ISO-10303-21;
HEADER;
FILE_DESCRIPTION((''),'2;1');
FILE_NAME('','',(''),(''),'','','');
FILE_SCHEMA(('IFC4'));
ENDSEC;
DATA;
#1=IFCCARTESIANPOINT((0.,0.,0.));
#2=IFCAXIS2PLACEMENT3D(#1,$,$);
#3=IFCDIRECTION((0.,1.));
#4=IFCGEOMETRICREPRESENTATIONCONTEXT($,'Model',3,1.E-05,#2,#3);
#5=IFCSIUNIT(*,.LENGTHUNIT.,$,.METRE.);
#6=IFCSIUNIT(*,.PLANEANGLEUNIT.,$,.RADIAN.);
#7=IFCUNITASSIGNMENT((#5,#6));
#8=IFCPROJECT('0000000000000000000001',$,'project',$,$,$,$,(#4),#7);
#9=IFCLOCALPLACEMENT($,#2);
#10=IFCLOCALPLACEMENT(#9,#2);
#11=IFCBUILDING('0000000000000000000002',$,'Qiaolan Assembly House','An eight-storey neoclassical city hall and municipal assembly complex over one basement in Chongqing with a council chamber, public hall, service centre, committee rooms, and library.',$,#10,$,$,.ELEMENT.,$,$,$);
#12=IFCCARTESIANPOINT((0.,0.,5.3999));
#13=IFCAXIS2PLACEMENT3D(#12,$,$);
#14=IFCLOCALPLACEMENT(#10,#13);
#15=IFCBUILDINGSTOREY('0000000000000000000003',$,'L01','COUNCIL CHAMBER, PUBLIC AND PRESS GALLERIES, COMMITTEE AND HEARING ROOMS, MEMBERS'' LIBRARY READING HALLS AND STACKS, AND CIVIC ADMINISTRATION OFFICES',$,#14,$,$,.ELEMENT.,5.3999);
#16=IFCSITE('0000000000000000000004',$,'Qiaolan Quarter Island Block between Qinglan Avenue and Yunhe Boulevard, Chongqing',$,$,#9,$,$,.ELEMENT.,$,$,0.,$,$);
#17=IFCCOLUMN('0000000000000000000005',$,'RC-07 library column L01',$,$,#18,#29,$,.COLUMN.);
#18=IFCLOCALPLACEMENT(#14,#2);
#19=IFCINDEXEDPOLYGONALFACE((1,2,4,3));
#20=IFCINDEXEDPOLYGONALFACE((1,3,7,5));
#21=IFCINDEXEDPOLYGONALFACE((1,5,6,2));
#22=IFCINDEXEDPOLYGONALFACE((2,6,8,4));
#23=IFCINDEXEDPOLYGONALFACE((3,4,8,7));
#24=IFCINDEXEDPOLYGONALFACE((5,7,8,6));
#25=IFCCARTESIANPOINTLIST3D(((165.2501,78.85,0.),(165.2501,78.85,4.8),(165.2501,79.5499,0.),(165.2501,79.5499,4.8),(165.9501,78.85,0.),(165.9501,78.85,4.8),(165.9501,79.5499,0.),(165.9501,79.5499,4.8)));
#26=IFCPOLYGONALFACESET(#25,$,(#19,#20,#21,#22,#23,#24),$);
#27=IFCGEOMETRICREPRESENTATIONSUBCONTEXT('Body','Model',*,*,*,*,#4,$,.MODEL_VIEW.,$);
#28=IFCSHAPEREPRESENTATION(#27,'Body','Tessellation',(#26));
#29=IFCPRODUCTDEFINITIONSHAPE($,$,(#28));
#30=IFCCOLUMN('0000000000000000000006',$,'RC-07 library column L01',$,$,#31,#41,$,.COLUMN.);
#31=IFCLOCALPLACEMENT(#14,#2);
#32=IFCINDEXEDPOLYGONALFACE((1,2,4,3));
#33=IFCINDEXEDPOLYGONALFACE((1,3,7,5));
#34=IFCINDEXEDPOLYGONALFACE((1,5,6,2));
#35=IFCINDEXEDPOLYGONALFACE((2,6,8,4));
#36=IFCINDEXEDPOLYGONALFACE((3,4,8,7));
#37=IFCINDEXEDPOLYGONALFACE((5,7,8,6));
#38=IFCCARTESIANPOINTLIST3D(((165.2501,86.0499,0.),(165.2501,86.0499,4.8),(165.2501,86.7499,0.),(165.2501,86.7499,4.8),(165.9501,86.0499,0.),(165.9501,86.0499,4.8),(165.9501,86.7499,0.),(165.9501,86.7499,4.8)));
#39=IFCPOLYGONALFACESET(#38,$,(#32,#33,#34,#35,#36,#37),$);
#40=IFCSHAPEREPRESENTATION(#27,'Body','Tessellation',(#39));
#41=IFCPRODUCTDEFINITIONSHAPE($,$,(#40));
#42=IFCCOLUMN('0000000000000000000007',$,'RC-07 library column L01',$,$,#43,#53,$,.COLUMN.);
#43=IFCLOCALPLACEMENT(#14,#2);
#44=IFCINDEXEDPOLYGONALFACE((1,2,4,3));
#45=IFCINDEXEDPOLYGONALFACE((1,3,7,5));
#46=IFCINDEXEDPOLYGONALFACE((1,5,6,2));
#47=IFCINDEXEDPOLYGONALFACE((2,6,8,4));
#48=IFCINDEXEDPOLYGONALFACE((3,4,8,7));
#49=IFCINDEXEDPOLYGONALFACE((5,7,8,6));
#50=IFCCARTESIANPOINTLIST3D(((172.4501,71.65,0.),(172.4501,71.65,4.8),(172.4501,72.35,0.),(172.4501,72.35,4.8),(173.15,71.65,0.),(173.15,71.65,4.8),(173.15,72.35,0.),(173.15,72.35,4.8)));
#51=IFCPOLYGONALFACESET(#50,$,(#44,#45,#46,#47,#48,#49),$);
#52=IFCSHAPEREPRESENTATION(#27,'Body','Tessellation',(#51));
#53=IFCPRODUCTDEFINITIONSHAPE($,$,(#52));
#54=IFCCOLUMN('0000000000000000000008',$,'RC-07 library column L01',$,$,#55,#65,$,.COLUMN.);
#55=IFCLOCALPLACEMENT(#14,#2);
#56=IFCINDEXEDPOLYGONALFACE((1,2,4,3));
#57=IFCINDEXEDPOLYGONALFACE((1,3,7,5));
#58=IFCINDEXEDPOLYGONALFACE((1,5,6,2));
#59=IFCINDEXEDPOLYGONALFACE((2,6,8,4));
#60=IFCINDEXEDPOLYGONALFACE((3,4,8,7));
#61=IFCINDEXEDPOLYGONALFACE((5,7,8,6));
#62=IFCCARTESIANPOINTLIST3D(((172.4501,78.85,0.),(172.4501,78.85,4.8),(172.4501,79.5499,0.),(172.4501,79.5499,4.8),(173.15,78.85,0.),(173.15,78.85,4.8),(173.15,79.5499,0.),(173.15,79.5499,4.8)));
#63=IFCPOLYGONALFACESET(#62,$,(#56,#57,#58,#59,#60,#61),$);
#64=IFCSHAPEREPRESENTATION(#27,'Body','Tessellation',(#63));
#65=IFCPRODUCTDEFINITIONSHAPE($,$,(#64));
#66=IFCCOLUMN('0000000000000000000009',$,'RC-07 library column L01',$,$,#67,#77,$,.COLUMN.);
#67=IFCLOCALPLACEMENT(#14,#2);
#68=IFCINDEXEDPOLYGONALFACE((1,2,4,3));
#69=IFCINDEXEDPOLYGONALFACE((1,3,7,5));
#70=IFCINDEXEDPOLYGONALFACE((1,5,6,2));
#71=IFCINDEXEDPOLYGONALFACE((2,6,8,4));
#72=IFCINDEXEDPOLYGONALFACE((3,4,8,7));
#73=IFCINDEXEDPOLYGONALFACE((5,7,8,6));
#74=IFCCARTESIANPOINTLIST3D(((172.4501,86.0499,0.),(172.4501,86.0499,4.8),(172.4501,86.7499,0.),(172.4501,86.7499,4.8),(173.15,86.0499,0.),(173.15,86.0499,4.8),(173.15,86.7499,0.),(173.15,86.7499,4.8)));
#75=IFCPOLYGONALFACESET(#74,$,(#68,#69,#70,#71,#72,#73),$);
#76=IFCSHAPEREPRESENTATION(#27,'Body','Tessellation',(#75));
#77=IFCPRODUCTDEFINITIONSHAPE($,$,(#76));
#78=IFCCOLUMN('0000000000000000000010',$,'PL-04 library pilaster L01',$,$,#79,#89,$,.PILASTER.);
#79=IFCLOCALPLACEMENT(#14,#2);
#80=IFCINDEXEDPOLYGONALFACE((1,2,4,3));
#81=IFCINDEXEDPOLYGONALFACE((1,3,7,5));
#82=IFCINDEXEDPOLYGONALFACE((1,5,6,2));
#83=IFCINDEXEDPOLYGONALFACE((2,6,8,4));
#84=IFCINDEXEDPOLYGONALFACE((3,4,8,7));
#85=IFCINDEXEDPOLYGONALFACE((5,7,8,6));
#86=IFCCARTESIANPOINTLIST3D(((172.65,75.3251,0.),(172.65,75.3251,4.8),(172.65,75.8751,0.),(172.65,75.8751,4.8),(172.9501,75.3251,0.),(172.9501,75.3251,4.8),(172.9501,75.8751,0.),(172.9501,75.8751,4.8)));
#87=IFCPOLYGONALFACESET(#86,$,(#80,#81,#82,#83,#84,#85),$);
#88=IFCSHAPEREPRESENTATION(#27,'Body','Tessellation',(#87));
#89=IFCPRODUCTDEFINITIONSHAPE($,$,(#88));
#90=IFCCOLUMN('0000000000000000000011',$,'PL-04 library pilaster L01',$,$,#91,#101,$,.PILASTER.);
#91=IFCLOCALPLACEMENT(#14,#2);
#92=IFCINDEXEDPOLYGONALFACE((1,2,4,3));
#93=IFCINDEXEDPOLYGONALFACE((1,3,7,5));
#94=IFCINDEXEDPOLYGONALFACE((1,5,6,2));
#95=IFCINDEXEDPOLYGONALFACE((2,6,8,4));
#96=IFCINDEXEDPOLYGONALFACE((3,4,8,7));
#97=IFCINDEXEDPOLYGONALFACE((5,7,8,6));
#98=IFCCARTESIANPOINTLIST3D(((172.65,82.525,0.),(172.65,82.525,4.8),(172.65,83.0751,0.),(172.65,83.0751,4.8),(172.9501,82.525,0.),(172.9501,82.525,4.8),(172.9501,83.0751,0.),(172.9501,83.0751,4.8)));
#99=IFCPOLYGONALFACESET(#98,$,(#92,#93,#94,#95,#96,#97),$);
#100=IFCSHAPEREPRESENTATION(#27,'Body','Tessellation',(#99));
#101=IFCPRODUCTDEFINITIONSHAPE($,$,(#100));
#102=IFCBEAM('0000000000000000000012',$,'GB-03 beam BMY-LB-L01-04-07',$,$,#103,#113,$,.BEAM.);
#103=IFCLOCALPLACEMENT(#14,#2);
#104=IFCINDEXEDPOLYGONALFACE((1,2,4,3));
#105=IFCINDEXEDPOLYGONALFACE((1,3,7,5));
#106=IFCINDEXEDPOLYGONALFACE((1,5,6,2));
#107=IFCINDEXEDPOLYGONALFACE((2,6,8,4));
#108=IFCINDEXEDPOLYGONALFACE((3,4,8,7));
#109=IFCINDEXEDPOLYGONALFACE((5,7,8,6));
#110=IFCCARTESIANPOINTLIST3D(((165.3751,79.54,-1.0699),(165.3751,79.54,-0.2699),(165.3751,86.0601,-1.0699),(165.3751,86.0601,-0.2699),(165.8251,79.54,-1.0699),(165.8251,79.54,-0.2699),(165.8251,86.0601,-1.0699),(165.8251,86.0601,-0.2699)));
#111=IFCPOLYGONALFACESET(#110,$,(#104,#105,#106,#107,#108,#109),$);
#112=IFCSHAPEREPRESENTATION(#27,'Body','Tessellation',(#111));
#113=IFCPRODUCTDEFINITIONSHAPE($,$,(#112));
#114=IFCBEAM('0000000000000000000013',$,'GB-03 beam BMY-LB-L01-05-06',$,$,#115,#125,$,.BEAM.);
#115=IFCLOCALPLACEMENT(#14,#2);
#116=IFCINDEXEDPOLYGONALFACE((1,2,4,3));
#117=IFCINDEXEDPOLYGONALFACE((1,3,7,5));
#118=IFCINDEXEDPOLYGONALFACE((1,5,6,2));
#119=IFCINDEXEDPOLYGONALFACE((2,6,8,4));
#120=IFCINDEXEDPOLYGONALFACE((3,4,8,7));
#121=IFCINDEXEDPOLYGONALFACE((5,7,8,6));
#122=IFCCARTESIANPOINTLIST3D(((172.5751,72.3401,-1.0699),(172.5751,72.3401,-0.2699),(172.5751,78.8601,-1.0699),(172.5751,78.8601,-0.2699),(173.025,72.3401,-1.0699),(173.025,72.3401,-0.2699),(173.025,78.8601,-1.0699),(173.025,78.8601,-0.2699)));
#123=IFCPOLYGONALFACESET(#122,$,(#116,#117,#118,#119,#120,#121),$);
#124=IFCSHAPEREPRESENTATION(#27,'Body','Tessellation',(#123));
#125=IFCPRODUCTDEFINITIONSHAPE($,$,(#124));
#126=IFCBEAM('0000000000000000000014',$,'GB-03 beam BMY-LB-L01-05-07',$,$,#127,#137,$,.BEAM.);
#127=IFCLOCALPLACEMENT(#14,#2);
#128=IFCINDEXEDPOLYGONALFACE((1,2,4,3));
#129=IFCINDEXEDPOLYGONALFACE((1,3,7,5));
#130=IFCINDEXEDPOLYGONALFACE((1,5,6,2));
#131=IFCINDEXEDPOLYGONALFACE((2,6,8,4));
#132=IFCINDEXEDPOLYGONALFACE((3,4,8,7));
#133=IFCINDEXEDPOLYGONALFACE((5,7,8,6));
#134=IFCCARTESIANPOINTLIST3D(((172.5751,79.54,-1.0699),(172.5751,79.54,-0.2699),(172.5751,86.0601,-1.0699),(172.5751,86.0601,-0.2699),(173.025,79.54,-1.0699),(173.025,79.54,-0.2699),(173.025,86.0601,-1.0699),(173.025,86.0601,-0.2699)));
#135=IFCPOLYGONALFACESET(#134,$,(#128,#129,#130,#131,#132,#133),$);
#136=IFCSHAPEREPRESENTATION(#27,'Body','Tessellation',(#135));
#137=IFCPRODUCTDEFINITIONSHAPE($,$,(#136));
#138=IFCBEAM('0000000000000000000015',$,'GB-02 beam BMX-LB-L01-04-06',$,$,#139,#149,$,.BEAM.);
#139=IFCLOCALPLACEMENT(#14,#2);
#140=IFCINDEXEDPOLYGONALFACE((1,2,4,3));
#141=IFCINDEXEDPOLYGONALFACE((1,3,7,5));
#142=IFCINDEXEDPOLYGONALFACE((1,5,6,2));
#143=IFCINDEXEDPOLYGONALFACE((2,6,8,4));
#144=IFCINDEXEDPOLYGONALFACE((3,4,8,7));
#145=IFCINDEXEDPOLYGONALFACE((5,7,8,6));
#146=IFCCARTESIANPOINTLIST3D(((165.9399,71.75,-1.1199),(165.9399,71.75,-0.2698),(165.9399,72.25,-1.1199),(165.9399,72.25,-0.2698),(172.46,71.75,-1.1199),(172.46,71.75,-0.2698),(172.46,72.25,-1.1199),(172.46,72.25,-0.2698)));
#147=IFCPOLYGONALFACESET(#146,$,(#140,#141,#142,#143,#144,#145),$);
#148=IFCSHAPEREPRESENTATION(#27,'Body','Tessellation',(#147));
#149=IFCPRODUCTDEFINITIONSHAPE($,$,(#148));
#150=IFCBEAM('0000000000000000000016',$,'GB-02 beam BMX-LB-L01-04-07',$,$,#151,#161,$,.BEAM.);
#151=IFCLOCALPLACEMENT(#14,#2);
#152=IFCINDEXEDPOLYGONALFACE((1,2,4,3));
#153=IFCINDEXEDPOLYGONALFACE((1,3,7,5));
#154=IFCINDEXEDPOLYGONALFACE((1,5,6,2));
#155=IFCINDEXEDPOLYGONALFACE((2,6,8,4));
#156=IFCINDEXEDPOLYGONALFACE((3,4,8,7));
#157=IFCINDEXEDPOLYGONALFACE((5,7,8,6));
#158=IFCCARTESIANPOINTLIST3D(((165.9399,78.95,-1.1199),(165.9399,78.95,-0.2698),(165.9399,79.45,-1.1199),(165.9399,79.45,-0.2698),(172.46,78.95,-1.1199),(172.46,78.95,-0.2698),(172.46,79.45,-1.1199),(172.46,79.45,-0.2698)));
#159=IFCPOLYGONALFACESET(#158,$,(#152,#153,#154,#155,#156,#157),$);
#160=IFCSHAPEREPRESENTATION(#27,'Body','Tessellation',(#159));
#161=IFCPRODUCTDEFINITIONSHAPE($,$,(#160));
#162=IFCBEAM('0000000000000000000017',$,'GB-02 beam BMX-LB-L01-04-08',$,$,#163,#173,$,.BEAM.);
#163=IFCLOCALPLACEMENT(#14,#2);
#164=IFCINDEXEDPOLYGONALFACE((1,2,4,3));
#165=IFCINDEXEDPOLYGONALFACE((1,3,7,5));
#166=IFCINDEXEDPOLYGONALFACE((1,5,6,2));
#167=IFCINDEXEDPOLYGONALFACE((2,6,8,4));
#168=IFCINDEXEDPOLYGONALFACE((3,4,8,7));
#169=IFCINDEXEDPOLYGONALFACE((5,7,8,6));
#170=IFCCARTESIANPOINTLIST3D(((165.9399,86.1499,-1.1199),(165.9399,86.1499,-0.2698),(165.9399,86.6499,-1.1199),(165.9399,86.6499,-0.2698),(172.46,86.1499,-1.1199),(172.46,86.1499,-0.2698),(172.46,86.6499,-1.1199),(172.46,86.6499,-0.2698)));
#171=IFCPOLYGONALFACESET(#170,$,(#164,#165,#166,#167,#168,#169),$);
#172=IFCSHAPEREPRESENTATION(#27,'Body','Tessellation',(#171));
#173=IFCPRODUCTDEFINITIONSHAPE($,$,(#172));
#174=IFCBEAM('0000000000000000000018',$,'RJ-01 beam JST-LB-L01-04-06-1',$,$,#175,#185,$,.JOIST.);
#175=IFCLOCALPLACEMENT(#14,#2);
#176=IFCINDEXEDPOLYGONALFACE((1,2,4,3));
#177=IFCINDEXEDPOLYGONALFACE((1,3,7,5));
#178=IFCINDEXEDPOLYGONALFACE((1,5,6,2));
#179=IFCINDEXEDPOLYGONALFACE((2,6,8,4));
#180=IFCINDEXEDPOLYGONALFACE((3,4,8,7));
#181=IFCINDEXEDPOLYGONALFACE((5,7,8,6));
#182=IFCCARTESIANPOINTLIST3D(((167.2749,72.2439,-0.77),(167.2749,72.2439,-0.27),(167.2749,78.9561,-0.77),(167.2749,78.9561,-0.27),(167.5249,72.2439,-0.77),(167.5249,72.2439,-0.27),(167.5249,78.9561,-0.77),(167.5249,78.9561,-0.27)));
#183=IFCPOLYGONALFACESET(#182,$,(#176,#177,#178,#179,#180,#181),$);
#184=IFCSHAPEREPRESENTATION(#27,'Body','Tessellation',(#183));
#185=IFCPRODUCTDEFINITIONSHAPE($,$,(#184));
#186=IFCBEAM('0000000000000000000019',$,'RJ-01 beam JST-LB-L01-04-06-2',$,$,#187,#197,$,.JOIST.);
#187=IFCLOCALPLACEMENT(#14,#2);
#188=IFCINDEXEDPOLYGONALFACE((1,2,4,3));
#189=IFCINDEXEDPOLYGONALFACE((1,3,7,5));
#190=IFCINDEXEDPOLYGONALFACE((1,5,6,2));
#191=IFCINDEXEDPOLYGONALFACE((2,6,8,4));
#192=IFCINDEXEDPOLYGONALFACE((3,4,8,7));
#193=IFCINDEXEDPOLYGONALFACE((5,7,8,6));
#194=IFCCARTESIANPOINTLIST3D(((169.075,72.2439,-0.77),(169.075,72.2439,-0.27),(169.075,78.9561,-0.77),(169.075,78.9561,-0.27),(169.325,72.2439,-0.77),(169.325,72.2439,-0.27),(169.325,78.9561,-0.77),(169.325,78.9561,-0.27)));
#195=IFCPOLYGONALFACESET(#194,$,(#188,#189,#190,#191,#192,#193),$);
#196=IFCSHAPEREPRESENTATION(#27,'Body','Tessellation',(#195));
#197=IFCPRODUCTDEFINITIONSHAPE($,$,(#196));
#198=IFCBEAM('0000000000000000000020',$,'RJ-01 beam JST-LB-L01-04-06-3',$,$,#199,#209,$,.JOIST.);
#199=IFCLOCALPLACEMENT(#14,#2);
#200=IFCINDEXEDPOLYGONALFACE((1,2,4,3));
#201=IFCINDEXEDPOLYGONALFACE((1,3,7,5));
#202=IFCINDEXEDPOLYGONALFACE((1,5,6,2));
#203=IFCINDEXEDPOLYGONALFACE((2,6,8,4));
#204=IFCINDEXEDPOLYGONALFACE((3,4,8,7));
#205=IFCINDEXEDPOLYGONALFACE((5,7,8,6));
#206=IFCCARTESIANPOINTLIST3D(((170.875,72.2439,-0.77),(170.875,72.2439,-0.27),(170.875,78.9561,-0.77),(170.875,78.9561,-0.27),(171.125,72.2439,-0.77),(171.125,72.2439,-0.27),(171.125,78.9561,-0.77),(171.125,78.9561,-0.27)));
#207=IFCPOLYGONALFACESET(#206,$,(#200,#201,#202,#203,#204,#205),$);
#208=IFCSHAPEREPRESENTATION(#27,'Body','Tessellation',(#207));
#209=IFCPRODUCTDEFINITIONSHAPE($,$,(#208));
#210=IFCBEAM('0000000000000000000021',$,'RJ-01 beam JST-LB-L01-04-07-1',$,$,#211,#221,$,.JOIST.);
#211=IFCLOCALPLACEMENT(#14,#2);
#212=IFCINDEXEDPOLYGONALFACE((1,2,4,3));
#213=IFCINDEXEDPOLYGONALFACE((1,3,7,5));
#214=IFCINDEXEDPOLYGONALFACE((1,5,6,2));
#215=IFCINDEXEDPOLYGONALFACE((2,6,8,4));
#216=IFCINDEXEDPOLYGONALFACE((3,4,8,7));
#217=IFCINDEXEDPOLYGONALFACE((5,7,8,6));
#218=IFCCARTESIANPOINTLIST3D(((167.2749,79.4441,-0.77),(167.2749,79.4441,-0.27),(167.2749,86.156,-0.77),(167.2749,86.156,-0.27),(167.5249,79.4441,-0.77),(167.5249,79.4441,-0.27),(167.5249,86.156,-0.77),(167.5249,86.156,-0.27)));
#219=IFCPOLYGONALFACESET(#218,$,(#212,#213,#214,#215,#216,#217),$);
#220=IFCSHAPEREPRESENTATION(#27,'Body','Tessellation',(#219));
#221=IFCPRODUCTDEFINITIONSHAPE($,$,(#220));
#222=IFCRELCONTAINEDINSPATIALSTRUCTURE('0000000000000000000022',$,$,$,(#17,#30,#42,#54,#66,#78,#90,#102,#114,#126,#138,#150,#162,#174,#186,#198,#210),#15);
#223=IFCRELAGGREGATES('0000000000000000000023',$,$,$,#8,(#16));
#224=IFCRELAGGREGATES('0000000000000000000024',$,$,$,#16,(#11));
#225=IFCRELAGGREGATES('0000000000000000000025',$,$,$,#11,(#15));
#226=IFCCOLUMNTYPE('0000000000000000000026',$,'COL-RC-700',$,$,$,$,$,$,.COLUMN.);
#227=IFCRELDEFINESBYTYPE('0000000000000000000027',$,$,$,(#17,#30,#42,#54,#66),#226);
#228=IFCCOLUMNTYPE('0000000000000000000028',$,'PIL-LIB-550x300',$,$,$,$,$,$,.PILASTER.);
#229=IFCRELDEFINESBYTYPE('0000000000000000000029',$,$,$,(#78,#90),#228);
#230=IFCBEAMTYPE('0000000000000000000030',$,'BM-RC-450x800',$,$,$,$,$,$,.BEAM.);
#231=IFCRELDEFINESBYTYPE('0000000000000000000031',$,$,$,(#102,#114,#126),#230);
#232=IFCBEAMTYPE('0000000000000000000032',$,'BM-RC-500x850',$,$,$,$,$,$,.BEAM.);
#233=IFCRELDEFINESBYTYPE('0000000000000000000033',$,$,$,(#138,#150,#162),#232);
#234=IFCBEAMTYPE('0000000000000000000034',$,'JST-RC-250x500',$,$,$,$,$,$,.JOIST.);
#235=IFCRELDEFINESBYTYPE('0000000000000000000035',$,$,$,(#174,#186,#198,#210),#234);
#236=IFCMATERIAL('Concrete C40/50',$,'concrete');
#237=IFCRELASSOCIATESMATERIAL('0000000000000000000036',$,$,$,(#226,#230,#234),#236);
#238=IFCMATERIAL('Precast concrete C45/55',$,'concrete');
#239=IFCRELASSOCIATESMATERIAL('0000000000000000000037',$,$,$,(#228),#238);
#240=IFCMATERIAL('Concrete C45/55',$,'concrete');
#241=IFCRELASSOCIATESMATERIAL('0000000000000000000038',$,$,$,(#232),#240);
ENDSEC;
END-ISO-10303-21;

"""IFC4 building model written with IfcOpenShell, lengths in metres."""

from ifc_helpers import new_model, si_unit, direction, frame, origin, origin_2d, place, context, subcontext, project, spatial, rectangle, extrude, material, material_profile, profile_set, type_object, element, save


model = new_model("IFC4")

# Units and contexts
model_context = context("Model", 3, precision=1e-05, world=origin(), true_north=direction((0.0, 1.0)))
body_context = subcontext(model_context, "Body", "Model", "MODEL_VIEW")
ifc_project = project(units=[si_unit("LENGTHUNIT", "METRE"), si_unit("PLANEANGLEUNIT", "RADIAN")], contexts=[model_context])

# Site, building, storey
site_placement = place(None, origin())
site = spatial("IfcSite", under=ifc_project, at=site_placement, Name="Qiaolan Quarter Island Block between Qinglan Avenue and Yunhe Boulevard, Chongqing", CompositionType="ELEMENT", RefElevation=0.0)
building_placement = place(site_placement, origin())
building = spatial("IfcBuilding", under=site, at=building_placement, Name="Qiaolan Assembly House", Description="An eight-storey neoclassical city hall and municipal assembly complex over one basement in Chongqing with a council chamber, public hall, service centre, committee rooms, and library.", CompositionType="ELEMENT")
storey_placement = place(building_placement, frame((0.0, 0.0, 5.3999)))
storey = spatial("IfcBuildingStorey", under=building, at=storey_placement, Name="L01", Description="COUNCIL CHAMBER, PUBLIC AND PRESS GALLERIES, COMMITTEE AND HEARING ROOMS, MEMBERS' LIBRARY READING HALLS AND STACKS, AND CIVIC ADMINISTRATION OFFICES", CompositionType="ELEMENT", Elevation=5.3999)

# Columns
ifc_material_1 = material(Name="Concrete C40/50", Category="concrete")
ifc_material_profile_1 = material_profile(ifc_material_1, rectangle(XDim=0.7, YDim=0.7, at=origin_2d()), Name="RC 700x700")
ifc_profile_set_1 = profile_set([ifc_material_profile_1], Name="Concrete C40/50")
column_type_1 = type_object("IfcColumnType", Name="COL-RC-700", PredefinedType="COLUMN", material=ifc_profile_set_1)
for number, where, z_axis, x_axis, name in (
    (1, (165.6001, 79.2, 0.0), (0.0, 0.0, 1.0), (1.0, 0.0, 0.0), "RC-07 library column L01"),
    (2, (165.6001, 86.3999, 0.0), (0.0, 0.0, 1.0), (1.0, 0.0, 0.0), "RC-07 library column L01"),
    (3, (172.8, 72.0, 0.0), (0.0, 0.0, 1.0), (1.0, 0.0, 0.0), "RC-07 library column L01"),
    (4, (172.8, 79.2, 0.0), (0.0, 0.0, 1.0), (1.0, 0.0, 0.0), "RC-07 library column L01"),
    (5, (172.8, 86.3999, 0.0), (0.0, 0.0, 1.0), (1.0, 0.0, 0.0), "RC-07 library column L01"),
):
    element("IfcColumn", number, at=place(storey_placement, frame(where, z_axis=z_axis, x_axis=x_axis)), inside=storey, type_object=column_type_1, Name=name, PredefinedType="COLUMN", context=body_context, shape_type="SweptSolid", body=[
        extrude(rectangle(XDim=0.7, YDim=0.7, at=origin_2d()), origin(), (0.0, 0.0, 1.0), 4.8),
    ])
ifc_material_2 = material(Name="Precast concrete C45/55", Category="concrete")
ifc_material_profile_2 = material_profile(ifc_material_2, rectangle(XDim=0.55, YDim=0.3, at=origin_2d()), Name="PIL 550x300")
ifc_profile_set_2 = profile_set([ifc_material_profile_2], Name="Precast concrete C45/55")
column_type_2 = type_object("IfcColumnType", Name="PIL-LIB-550x300", PredefinedType="PILASTER", material=ifc_profile_set_2)
for number, where, z_axis, x_axis, name in (
    (6, (172.8, 75.6001, 0.0), (0.0, 0.0, 1.0), (0.0, 1.0, 0.0), "PL-04 library pilaster L01"),
    (7, (172.8, 82.8, 0.0), (0.0, 0.0, 1.0), (0.0, 1.0, 0.0), "PL-04 library pilaster L01"),
):
    element("IfcColumn", number, at=place(storey_placement, frame(where, z_axis=z_axis, x_axis=x_axis)), inside=storey, type_object=column_type_2, Name=name, PredefinedType="PILASTER", context=body_context, shape_type="SweptSolid", body=[
        extrude(rectangle(XDim=0.55, YDim=0.3, at=origin_2d()), origin(), (0.0, 0.0, 1.0), 4.8),
    ])

# Beams
ifc_material_profile_3 = material_profile(ifc_material_1, rectangle(XDim=0.45, YDim=0.8, at=origin_2d()), Name="RCB 450x800")
ifc_profile_set_3 = profile_set([ifc_material_profile_3], Name="Concrete C40/50")
beam_type_1 = type_object("IfcBeamType", Name="BM-RC-450x800", PredefinedType="BEAM", material=ifc_profile_set_3)
for number, where, z_axis, x_axis, name in (
    (8, (165.6001, 79.54, -0.6699), (0.0, 1.0, 0.0), (-1.0, 0.0, 0.0), "GB-03 beam BMY-LB-L01-04-07"),
    (9, (172.8, 72.3401, -0.6699), (0.0, 1.0, 0.0), (-1.0, 0.0, 0.0), "GB-03 beam BMY-LB-L01-05-06"),
    (10, (172.8, 79.54, -0.6699), (0.0, 1.0, 0.0), (-1.0, 0.0, 0.0), "GB-03 beam BMY-LB-L01-05-07"),
):
    element("IfcBeam", number, at=place(storey_placement, frame(where, z_axis=z_axis, x_axis=x_axis)), inside=storey, type_object=beam_type_1, Name=name, PredefinedType="BEAM", context=body_context, shape_type="SweptSolid", body=[
        extrude(rectangle(XDim=0.45, YDim=0.8, at=origin_2d()), origin(), (0.0, 0.0, 1.0), 6.52),
    ])
ifc_material_3 = material(Name="Concrete C45/55", Category="concrete")
ifc_material_profile_4 = material_profile(ifc_material_3, rectangle(XDim=0.5, YDim=0.8501, at=origin_2d()), Name="RCB 500x850")
ifc_profile_set_4 = profile_set([ifc_material_profile_4], Name="Concrete C45/55")
beam_type_2 = type_object("IfcBeamType", Name="BM-RC-500x850", PredefinedType="BEAM", material=ifc_profile_set_4)
for number, where, z_axis, x_axis, name in (
    (11, (165.9399, 72.0, -0.6948), (1.0, 0.0, 0.0), (0.0, 1.0, 0.0), "GB-02 beam BMX-LB-L01-04-06"),
    (12, (165.9399, 79.2, -0.6948), (1.0, 0.0, 0.0), (0.0, 1.0, 0.0), "GB-02 beam BMX-LB-L01-04-07"),
    (13, (165.9399, 86.3999, -0.6948), (1.0, 0.0, 0.0), (0.0, 1.0, 0.0), "GB-02 beam BMX-LB-L01-04-08"),
):
    element("IfcBeam", number, at=place(storey_placement, frame(where, z_axis=z_axis, x_axis=x_axis)), inside=storey, type_object=beam_type_2, Name=name, PredefinedType="BEAM", context=body_context, shape_type="SweptSolid", body=[
        extrude(rectangle(XDim=0.5, YDim=0.8501, at=origin_2d()), origin(), (0.0, 0.0, 1.0), 6.52),
    ])
ifc_material_profile_5 = material_profile(ifc_material_1, rectangle(XDim=0.25, YDim=0.5, at=origin_2d()), Name="RCB 250x500")
ifc_profile_set_5 = profile_set([ifc_material_profile_5], Name="Concrete C40/50")
beam_type_3 = type_object("IfcBeamType", Name="JST-RC-250x500", PredefinedType="JOIST", material=ifc_profile_set_5)
for number, where, z_axis, x_axis, name in (
    (14, (167.3999, 72.2439, -0.52), (0.0, 1.0, 0.0), (-1.0, 0.0, 0.0), "RJ-01 beam JST-LB-L01-04-06-1"),
    (15, (169.2, 72.2439, -0.52), (0.0, 1.0, 0.0), (-1.0, 0.0, 0.0), "RJ-01 beam JST-LB-L01-04-06-2"),
    (16, (171.0, 72.2439, -0.52), (0.0, 1.0, 0.0), (-1.0, 0.0, 0.0), "RJ-01 beam JST-LB-L01-04-06-3"),
):
    element("IfcBeam", number, at=place(storey_placement, frame(where, z_axis=z_axis, x_axis=x_axis)), inside=storey, type_object=beam_type_3, Name=name, PredefinedType="JOIST", context=body_context, shape_type="SweptSolid", body=[
        extrude(rectangle(XDim=0.25, YDim=0.5, at=origin_2d()), origin(), (0.0, 0.0, 1.0), 6.7122),
    ])
for number, where, z_axis, x_axis, name in (
    (17, (167.3999, 79.4441, -0.52), (0.0, 1.0, 0.0), (-1.0, 0.0, 0.0), "RJ-01 beam JST-LB-L01-04-07-1"),
):
    element("IfcBeam", number, at=place(storey_placement, frame(where, z_axis=z_axis, x_axis=x_axis)), inside=storey, type_object=beam_type_3, Name=name, PredefinedType="JOIST", context=body_context, shape_type="SweptSolid", body=[
        extrude(rectangle(XDim=0.25, YDim=0.5, at=origin_2d()), origin(), (0.0, 0.0, 1.0), 6.7119),
    ])

save(model, "model.ifc")
